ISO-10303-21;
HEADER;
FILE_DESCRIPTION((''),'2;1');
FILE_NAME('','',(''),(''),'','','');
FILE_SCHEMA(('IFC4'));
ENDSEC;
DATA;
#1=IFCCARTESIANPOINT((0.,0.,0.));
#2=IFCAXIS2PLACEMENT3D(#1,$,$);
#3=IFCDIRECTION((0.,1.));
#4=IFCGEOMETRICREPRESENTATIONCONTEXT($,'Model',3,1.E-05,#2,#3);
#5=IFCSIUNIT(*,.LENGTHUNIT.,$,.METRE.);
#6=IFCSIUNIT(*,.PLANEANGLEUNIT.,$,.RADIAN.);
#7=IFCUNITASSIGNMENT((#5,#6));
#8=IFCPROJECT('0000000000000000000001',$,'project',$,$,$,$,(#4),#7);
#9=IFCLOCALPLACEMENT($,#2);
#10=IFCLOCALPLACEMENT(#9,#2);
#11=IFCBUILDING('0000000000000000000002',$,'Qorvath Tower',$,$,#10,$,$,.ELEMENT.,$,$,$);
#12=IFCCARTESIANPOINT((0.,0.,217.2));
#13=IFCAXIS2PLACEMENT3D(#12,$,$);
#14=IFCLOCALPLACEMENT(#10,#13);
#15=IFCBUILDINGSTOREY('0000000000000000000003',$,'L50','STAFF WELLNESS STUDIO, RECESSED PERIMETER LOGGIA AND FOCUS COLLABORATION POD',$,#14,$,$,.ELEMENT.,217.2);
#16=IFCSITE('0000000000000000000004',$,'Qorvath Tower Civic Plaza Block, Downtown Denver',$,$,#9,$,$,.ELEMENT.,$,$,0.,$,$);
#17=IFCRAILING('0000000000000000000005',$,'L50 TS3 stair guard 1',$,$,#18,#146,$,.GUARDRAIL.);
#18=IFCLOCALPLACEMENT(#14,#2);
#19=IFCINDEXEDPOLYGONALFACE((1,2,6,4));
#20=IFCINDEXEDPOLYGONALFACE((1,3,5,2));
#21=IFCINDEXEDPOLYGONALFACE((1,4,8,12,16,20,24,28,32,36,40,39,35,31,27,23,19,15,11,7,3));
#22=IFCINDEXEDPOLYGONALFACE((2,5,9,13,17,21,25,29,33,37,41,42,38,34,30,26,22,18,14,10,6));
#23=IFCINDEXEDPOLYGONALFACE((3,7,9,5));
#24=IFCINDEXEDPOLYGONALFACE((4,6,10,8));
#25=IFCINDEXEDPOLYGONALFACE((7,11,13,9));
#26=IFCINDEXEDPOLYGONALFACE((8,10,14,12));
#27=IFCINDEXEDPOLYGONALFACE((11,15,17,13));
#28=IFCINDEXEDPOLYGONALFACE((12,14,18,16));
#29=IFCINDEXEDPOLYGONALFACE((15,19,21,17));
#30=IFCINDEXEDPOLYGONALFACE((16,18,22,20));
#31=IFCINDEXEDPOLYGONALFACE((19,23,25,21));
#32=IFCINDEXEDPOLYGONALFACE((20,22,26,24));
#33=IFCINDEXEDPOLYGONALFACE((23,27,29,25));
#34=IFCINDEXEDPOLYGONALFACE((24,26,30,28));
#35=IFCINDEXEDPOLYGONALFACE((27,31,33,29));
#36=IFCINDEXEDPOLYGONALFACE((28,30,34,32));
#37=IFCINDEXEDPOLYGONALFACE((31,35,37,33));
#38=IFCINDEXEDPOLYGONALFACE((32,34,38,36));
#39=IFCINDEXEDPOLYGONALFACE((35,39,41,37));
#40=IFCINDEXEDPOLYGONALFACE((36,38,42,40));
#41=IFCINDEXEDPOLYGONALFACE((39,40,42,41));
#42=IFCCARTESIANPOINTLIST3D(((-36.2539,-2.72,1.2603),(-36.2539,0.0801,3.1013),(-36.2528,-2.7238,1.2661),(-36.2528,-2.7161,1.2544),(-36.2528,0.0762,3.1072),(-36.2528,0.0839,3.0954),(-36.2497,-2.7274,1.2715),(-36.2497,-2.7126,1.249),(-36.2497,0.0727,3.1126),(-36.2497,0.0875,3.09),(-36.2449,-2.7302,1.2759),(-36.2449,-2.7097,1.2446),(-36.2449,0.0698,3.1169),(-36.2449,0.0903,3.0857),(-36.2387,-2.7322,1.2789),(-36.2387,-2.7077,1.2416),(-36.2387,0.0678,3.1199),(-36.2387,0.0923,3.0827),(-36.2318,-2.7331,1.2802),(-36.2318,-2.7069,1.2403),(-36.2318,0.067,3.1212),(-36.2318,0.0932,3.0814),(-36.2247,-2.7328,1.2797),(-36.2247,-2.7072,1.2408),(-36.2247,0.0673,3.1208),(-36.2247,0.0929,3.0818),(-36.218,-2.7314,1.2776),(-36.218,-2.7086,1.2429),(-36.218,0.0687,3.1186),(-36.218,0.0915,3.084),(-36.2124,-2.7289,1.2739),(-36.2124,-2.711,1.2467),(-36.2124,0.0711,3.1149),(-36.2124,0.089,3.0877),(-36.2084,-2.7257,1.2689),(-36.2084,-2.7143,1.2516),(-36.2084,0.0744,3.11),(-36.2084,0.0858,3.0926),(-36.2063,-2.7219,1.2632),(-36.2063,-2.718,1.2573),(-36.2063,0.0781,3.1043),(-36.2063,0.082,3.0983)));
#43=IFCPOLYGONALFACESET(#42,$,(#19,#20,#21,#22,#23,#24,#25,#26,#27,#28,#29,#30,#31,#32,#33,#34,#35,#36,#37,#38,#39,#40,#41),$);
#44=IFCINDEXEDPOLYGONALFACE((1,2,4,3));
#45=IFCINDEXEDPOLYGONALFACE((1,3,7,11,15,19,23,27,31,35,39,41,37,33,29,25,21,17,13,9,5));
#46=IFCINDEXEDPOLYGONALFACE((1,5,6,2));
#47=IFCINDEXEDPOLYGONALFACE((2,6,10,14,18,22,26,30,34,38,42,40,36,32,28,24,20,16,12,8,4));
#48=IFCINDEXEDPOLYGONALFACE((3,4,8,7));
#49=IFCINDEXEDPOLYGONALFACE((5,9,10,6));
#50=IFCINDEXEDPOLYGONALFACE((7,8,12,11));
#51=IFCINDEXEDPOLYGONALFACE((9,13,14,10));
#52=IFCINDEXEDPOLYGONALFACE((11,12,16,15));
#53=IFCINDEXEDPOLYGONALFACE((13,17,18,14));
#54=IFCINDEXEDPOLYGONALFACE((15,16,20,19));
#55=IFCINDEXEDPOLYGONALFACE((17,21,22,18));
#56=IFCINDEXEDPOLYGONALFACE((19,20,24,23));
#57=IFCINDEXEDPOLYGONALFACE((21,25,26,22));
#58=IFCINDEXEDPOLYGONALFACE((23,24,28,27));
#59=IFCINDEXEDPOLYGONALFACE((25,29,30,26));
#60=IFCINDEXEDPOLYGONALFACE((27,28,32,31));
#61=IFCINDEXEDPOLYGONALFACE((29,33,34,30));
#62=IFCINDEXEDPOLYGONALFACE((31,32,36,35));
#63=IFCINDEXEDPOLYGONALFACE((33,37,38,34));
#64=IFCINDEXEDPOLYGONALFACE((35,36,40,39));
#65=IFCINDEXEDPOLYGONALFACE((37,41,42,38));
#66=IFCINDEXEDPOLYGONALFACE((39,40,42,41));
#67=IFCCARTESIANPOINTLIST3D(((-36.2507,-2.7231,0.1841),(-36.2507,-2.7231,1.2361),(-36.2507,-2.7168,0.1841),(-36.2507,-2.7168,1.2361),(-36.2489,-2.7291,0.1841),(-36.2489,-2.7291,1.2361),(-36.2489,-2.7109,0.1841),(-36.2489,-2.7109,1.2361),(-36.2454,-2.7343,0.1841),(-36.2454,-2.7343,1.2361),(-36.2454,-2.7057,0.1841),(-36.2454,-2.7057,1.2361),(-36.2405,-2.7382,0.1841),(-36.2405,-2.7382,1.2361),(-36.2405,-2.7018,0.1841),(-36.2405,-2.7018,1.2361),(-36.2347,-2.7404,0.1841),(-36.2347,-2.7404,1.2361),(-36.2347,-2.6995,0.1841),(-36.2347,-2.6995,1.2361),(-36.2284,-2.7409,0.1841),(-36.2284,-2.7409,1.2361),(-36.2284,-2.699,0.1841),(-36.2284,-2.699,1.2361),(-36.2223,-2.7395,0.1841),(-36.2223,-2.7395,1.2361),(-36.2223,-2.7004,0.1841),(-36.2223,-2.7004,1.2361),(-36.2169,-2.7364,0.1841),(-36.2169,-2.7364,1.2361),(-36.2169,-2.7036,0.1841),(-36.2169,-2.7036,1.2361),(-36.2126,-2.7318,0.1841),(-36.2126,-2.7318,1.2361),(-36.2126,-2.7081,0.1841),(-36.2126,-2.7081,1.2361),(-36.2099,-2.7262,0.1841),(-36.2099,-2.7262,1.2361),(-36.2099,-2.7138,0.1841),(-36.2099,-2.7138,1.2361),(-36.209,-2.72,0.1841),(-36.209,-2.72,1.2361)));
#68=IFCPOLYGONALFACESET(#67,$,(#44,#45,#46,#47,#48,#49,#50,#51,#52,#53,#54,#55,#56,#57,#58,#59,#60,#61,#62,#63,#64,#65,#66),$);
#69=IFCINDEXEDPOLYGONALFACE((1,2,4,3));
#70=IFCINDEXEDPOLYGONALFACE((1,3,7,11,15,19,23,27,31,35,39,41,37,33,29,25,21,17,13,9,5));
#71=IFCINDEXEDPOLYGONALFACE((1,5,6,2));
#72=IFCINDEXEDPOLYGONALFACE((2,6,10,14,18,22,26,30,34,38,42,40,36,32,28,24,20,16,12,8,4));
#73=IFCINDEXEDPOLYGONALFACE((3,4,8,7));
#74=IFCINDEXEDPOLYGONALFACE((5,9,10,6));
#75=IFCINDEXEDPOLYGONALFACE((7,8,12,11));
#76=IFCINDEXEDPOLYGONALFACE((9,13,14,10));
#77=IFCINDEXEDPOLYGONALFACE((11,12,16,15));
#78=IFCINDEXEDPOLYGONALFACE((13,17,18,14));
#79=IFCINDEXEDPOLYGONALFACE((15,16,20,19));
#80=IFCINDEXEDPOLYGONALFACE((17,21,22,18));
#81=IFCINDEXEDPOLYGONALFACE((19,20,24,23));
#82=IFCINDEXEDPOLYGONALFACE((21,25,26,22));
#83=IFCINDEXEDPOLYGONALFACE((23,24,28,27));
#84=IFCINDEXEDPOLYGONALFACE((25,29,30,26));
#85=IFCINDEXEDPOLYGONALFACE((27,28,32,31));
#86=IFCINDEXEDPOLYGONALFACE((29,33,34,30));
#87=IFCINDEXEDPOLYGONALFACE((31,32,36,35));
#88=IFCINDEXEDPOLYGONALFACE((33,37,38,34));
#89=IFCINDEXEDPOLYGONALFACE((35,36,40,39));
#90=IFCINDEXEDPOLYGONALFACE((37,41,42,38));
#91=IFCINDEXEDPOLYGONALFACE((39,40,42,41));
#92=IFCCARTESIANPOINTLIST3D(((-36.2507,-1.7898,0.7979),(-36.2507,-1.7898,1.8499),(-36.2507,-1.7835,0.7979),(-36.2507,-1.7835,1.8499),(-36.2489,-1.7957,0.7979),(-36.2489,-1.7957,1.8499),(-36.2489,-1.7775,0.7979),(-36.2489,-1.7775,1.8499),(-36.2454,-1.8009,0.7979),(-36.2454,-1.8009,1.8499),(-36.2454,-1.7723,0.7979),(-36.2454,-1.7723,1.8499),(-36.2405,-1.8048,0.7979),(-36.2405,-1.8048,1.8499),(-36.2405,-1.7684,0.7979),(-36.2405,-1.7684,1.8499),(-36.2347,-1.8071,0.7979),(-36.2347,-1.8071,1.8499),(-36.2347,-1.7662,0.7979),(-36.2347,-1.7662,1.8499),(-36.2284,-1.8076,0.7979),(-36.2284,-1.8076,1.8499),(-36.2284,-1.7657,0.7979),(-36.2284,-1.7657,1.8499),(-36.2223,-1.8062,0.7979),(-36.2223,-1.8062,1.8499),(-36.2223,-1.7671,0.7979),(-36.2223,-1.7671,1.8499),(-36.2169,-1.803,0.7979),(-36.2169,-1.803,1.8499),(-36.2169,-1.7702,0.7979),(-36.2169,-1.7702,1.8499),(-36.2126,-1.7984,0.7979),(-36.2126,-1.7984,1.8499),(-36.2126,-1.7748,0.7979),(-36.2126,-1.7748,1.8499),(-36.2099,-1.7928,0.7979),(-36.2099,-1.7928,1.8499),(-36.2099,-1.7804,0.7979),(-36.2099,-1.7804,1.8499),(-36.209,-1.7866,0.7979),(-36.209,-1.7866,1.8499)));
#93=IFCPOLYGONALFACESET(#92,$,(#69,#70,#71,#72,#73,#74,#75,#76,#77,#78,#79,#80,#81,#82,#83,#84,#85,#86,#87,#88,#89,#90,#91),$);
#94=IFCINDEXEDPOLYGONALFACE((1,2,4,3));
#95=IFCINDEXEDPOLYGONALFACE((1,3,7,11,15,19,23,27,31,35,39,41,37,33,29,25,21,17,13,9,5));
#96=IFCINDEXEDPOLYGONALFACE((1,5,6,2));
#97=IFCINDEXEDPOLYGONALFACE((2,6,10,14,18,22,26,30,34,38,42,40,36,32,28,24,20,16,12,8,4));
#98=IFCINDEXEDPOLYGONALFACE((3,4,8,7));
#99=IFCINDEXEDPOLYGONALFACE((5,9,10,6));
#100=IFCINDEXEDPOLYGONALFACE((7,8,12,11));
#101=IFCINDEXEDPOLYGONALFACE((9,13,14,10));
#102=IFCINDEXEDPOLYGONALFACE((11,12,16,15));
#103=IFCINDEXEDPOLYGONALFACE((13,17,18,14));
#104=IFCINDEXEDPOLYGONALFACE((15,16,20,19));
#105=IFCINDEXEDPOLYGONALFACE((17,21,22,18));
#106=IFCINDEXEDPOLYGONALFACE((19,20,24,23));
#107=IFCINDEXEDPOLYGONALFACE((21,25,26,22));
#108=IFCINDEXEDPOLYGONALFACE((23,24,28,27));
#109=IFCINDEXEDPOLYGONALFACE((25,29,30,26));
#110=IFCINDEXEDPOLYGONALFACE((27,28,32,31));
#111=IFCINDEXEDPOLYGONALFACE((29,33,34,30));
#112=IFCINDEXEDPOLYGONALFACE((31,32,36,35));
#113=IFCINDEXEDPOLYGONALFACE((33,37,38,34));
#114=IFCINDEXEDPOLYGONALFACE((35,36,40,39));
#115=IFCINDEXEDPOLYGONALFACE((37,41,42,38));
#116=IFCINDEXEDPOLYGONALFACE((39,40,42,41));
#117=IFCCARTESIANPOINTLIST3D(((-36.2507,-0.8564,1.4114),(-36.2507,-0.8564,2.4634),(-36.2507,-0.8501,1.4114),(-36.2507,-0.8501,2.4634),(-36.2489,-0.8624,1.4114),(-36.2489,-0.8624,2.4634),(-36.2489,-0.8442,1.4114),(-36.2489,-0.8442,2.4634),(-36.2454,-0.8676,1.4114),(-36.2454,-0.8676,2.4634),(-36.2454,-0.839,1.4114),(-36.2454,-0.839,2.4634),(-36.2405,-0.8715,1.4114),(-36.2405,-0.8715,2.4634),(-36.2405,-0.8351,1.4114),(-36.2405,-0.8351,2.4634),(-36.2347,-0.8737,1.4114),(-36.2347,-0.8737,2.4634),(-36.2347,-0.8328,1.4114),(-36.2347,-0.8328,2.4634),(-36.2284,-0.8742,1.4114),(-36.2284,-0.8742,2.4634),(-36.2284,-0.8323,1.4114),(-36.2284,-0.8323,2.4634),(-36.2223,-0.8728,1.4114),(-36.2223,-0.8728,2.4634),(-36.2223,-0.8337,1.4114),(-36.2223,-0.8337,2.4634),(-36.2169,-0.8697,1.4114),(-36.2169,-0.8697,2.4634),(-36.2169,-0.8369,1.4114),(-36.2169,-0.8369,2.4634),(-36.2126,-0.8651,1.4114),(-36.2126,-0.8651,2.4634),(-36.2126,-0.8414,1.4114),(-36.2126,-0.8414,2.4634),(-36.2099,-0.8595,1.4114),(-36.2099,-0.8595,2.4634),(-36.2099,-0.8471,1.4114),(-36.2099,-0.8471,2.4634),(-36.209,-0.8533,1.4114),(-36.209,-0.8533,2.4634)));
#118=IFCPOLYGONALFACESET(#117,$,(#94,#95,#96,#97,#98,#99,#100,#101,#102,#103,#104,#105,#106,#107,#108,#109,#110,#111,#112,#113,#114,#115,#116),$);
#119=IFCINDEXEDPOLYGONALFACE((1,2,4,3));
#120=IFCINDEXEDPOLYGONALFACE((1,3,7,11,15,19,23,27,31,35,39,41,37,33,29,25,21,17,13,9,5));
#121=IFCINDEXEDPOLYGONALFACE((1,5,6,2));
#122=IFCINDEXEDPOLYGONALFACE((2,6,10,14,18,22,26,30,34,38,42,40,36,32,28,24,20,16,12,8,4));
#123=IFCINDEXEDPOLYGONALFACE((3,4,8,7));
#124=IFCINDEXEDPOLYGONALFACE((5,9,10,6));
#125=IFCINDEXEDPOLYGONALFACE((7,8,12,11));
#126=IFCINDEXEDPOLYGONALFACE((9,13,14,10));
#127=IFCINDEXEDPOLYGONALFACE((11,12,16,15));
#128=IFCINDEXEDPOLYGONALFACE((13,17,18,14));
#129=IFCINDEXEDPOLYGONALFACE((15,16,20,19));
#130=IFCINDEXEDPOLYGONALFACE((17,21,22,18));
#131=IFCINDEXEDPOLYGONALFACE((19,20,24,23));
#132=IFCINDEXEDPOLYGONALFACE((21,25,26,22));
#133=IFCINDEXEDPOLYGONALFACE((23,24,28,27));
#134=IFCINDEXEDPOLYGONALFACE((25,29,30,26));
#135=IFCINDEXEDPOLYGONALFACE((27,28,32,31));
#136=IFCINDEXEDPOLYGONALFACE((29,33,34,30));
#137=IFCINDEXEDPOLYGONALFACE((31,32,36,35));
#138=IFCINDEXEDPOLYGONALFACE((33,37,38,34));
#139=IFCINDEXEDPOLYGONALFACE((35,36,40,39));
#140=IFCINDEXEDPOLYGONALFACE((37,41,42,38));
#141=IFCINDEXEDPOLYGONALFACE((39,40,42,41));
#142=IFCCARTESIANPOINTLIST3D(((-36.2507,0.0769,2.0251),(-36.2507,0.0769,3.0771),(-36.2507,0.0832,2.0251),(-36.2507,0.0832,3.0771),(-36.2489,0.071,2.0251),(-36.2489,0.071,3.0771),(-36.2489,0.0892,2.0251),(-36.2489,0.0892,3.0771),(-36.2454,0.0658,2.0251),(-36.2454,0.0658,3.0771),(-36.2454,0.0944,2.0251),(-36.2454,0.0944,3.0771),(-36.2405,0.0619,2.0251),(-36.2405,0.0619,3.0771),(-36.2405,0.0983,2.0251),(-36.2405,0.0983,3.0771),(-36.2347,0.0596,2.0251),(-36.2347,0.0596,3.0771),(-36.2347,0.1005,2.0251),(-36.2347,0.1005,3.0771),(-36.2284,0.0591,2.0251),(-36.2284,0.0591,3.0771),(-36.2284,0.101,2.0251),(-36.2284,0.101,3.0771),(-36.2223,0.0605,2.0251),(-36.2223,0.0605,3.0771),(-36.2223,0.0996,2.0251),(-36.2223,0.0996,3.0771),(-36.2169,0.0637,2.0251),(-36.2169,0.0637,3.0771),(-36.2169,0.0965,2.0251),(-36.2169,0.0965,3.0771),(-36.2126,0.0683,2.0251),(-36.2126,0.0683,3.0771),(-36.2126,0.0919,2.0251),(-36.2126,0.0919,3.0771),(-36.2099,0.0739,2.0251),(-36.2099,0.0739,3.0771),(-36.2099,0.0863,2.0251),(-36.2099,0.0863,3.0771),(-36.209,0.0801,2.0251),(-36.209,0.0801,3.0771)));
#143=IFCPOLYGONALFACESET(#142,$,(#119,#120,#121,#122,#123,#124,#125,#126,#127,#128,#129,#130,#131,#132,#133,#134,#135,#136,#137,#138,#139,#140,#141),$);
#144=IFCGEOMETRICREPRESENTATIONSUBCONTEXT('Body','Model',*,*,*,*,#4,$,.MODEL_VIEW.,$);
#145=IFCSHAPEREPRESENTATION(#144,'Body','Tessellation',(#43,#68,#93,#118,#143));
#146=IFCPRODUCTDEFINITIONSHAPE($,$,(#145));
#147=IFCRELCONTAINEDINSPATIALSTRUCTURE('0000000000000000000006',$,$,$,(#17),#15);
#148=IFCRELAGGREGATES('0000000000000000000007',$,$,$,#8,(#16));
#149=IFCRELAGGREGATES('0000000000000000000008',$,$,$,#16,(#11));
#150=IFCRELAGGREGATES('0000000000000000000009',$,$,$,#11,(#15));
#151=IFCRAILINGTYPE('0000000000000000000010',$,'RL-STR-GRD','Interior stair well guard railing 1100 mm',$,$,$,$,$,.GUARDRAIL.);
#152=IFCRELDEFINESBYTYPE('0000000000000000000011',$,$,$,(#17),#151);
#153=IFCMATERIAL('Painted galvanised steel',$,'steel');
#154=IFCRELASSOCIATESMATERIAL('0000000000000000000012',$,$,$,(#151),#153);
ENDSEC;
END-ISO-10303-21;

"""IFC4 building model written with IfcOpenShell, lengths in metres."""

from ifc_helpers import new_model, si_unit, direction, frame, origin, origin_2d, place, context, subcontext, project, spatial, circle, extrude, material, type_object, element, save


model = new_model("IFC4")

# Units and contexts
model_context = context("Model", 3, precision=1e-05, world=origin(), true_north=direction((0.0, 1.0)))
body_context = subcontext(model_context, "Body", "Model", "MODEL_VIEW")
ifc_project = project(units=[si_unit("LENGTHUNIT", "METRE"), si_unit("PLANEANGLEUNIT", "RADIAN")], contexts=[model_context])

# Site, building, storey
site_placement = place(None, origin())
site = spatial("IfcSite", under=ifc_project, at=site_placement, Name="Qorvath Tower Civic Plaza Block, Downtown Denver", CompositionType="ELEMENT", RefElevation=0.0)
building_placement = place(site_placement, origin())
building = spatial("IfcBuilding", under=site, at=building_placement, Name="Qorvath Tower", CompositionType="ELEMENT")
storey_placement = place(building_placement, frame((0.0, 0.0, 217.2)))
storey = spatial("IfcBuildingStorey", under=building, at=storey_placement, Name="L50", Description="STAFF WELLNESS STUDIO, RECESSED PERIMETER LOGGIA AND FOCUS COLLABORATION POD", CompositionType="ELEMENT", Elevation=217.2)

# Railing
ifc_material_1 = material(Name="Painted galvanised steel", Category="steel")
railing_type_1 = type_object("IfcRailingType", Name="RL-STR-GRD", Description="Interior stair well guard railing 1100 mm", PredefinedType="GUARDRAIL", material=ifc_material_1)
railing_1_placement = place(storey_placement, frame((-36.23, -2.72, 0.1841)))
element("IfcRailing", 1, at=railing_1_placement, inside=storey, type_object=railing_type_1, Name="L50 TS3 stair guard 1", PredefinedType="GUARDRAIL", context=body_context, shape_type="SweptSolid", body=[
    extrude(circle(Radius=0.0239, at=origin_2d()), frame((0.0, 0.0, 1.0762), z_axis=(0.0, 0.835564, 0.549393), x_axis=(-1.0, 0.0, 0.0)), (0.0, 0.0, 1.0), 3.3511),
    extrude(circle(Radius=0.021, at=origin_2d()), origin(), (0.0, 0.0, 1.0), 1.052),
    extrude(circle(Radius=0.021, at=origin_2d()), frame((0.0, 0.9333, 0.6138)), (0.0, 0.0, 1.0), 1.052),
    extrude(circle(Radius=0.021, at=origin_2d()), frame((0.0, 1.8667, 1.2273)), (0.0, 0.0, 1.0), 1.052),
    extrude(circle(Radius=0.021, at=origin_2d()), frame((0.0, 2.8, 1.8411)), (0.0, 0.0, 1.0), 1.052),
])

save(model, "model.ifc")
